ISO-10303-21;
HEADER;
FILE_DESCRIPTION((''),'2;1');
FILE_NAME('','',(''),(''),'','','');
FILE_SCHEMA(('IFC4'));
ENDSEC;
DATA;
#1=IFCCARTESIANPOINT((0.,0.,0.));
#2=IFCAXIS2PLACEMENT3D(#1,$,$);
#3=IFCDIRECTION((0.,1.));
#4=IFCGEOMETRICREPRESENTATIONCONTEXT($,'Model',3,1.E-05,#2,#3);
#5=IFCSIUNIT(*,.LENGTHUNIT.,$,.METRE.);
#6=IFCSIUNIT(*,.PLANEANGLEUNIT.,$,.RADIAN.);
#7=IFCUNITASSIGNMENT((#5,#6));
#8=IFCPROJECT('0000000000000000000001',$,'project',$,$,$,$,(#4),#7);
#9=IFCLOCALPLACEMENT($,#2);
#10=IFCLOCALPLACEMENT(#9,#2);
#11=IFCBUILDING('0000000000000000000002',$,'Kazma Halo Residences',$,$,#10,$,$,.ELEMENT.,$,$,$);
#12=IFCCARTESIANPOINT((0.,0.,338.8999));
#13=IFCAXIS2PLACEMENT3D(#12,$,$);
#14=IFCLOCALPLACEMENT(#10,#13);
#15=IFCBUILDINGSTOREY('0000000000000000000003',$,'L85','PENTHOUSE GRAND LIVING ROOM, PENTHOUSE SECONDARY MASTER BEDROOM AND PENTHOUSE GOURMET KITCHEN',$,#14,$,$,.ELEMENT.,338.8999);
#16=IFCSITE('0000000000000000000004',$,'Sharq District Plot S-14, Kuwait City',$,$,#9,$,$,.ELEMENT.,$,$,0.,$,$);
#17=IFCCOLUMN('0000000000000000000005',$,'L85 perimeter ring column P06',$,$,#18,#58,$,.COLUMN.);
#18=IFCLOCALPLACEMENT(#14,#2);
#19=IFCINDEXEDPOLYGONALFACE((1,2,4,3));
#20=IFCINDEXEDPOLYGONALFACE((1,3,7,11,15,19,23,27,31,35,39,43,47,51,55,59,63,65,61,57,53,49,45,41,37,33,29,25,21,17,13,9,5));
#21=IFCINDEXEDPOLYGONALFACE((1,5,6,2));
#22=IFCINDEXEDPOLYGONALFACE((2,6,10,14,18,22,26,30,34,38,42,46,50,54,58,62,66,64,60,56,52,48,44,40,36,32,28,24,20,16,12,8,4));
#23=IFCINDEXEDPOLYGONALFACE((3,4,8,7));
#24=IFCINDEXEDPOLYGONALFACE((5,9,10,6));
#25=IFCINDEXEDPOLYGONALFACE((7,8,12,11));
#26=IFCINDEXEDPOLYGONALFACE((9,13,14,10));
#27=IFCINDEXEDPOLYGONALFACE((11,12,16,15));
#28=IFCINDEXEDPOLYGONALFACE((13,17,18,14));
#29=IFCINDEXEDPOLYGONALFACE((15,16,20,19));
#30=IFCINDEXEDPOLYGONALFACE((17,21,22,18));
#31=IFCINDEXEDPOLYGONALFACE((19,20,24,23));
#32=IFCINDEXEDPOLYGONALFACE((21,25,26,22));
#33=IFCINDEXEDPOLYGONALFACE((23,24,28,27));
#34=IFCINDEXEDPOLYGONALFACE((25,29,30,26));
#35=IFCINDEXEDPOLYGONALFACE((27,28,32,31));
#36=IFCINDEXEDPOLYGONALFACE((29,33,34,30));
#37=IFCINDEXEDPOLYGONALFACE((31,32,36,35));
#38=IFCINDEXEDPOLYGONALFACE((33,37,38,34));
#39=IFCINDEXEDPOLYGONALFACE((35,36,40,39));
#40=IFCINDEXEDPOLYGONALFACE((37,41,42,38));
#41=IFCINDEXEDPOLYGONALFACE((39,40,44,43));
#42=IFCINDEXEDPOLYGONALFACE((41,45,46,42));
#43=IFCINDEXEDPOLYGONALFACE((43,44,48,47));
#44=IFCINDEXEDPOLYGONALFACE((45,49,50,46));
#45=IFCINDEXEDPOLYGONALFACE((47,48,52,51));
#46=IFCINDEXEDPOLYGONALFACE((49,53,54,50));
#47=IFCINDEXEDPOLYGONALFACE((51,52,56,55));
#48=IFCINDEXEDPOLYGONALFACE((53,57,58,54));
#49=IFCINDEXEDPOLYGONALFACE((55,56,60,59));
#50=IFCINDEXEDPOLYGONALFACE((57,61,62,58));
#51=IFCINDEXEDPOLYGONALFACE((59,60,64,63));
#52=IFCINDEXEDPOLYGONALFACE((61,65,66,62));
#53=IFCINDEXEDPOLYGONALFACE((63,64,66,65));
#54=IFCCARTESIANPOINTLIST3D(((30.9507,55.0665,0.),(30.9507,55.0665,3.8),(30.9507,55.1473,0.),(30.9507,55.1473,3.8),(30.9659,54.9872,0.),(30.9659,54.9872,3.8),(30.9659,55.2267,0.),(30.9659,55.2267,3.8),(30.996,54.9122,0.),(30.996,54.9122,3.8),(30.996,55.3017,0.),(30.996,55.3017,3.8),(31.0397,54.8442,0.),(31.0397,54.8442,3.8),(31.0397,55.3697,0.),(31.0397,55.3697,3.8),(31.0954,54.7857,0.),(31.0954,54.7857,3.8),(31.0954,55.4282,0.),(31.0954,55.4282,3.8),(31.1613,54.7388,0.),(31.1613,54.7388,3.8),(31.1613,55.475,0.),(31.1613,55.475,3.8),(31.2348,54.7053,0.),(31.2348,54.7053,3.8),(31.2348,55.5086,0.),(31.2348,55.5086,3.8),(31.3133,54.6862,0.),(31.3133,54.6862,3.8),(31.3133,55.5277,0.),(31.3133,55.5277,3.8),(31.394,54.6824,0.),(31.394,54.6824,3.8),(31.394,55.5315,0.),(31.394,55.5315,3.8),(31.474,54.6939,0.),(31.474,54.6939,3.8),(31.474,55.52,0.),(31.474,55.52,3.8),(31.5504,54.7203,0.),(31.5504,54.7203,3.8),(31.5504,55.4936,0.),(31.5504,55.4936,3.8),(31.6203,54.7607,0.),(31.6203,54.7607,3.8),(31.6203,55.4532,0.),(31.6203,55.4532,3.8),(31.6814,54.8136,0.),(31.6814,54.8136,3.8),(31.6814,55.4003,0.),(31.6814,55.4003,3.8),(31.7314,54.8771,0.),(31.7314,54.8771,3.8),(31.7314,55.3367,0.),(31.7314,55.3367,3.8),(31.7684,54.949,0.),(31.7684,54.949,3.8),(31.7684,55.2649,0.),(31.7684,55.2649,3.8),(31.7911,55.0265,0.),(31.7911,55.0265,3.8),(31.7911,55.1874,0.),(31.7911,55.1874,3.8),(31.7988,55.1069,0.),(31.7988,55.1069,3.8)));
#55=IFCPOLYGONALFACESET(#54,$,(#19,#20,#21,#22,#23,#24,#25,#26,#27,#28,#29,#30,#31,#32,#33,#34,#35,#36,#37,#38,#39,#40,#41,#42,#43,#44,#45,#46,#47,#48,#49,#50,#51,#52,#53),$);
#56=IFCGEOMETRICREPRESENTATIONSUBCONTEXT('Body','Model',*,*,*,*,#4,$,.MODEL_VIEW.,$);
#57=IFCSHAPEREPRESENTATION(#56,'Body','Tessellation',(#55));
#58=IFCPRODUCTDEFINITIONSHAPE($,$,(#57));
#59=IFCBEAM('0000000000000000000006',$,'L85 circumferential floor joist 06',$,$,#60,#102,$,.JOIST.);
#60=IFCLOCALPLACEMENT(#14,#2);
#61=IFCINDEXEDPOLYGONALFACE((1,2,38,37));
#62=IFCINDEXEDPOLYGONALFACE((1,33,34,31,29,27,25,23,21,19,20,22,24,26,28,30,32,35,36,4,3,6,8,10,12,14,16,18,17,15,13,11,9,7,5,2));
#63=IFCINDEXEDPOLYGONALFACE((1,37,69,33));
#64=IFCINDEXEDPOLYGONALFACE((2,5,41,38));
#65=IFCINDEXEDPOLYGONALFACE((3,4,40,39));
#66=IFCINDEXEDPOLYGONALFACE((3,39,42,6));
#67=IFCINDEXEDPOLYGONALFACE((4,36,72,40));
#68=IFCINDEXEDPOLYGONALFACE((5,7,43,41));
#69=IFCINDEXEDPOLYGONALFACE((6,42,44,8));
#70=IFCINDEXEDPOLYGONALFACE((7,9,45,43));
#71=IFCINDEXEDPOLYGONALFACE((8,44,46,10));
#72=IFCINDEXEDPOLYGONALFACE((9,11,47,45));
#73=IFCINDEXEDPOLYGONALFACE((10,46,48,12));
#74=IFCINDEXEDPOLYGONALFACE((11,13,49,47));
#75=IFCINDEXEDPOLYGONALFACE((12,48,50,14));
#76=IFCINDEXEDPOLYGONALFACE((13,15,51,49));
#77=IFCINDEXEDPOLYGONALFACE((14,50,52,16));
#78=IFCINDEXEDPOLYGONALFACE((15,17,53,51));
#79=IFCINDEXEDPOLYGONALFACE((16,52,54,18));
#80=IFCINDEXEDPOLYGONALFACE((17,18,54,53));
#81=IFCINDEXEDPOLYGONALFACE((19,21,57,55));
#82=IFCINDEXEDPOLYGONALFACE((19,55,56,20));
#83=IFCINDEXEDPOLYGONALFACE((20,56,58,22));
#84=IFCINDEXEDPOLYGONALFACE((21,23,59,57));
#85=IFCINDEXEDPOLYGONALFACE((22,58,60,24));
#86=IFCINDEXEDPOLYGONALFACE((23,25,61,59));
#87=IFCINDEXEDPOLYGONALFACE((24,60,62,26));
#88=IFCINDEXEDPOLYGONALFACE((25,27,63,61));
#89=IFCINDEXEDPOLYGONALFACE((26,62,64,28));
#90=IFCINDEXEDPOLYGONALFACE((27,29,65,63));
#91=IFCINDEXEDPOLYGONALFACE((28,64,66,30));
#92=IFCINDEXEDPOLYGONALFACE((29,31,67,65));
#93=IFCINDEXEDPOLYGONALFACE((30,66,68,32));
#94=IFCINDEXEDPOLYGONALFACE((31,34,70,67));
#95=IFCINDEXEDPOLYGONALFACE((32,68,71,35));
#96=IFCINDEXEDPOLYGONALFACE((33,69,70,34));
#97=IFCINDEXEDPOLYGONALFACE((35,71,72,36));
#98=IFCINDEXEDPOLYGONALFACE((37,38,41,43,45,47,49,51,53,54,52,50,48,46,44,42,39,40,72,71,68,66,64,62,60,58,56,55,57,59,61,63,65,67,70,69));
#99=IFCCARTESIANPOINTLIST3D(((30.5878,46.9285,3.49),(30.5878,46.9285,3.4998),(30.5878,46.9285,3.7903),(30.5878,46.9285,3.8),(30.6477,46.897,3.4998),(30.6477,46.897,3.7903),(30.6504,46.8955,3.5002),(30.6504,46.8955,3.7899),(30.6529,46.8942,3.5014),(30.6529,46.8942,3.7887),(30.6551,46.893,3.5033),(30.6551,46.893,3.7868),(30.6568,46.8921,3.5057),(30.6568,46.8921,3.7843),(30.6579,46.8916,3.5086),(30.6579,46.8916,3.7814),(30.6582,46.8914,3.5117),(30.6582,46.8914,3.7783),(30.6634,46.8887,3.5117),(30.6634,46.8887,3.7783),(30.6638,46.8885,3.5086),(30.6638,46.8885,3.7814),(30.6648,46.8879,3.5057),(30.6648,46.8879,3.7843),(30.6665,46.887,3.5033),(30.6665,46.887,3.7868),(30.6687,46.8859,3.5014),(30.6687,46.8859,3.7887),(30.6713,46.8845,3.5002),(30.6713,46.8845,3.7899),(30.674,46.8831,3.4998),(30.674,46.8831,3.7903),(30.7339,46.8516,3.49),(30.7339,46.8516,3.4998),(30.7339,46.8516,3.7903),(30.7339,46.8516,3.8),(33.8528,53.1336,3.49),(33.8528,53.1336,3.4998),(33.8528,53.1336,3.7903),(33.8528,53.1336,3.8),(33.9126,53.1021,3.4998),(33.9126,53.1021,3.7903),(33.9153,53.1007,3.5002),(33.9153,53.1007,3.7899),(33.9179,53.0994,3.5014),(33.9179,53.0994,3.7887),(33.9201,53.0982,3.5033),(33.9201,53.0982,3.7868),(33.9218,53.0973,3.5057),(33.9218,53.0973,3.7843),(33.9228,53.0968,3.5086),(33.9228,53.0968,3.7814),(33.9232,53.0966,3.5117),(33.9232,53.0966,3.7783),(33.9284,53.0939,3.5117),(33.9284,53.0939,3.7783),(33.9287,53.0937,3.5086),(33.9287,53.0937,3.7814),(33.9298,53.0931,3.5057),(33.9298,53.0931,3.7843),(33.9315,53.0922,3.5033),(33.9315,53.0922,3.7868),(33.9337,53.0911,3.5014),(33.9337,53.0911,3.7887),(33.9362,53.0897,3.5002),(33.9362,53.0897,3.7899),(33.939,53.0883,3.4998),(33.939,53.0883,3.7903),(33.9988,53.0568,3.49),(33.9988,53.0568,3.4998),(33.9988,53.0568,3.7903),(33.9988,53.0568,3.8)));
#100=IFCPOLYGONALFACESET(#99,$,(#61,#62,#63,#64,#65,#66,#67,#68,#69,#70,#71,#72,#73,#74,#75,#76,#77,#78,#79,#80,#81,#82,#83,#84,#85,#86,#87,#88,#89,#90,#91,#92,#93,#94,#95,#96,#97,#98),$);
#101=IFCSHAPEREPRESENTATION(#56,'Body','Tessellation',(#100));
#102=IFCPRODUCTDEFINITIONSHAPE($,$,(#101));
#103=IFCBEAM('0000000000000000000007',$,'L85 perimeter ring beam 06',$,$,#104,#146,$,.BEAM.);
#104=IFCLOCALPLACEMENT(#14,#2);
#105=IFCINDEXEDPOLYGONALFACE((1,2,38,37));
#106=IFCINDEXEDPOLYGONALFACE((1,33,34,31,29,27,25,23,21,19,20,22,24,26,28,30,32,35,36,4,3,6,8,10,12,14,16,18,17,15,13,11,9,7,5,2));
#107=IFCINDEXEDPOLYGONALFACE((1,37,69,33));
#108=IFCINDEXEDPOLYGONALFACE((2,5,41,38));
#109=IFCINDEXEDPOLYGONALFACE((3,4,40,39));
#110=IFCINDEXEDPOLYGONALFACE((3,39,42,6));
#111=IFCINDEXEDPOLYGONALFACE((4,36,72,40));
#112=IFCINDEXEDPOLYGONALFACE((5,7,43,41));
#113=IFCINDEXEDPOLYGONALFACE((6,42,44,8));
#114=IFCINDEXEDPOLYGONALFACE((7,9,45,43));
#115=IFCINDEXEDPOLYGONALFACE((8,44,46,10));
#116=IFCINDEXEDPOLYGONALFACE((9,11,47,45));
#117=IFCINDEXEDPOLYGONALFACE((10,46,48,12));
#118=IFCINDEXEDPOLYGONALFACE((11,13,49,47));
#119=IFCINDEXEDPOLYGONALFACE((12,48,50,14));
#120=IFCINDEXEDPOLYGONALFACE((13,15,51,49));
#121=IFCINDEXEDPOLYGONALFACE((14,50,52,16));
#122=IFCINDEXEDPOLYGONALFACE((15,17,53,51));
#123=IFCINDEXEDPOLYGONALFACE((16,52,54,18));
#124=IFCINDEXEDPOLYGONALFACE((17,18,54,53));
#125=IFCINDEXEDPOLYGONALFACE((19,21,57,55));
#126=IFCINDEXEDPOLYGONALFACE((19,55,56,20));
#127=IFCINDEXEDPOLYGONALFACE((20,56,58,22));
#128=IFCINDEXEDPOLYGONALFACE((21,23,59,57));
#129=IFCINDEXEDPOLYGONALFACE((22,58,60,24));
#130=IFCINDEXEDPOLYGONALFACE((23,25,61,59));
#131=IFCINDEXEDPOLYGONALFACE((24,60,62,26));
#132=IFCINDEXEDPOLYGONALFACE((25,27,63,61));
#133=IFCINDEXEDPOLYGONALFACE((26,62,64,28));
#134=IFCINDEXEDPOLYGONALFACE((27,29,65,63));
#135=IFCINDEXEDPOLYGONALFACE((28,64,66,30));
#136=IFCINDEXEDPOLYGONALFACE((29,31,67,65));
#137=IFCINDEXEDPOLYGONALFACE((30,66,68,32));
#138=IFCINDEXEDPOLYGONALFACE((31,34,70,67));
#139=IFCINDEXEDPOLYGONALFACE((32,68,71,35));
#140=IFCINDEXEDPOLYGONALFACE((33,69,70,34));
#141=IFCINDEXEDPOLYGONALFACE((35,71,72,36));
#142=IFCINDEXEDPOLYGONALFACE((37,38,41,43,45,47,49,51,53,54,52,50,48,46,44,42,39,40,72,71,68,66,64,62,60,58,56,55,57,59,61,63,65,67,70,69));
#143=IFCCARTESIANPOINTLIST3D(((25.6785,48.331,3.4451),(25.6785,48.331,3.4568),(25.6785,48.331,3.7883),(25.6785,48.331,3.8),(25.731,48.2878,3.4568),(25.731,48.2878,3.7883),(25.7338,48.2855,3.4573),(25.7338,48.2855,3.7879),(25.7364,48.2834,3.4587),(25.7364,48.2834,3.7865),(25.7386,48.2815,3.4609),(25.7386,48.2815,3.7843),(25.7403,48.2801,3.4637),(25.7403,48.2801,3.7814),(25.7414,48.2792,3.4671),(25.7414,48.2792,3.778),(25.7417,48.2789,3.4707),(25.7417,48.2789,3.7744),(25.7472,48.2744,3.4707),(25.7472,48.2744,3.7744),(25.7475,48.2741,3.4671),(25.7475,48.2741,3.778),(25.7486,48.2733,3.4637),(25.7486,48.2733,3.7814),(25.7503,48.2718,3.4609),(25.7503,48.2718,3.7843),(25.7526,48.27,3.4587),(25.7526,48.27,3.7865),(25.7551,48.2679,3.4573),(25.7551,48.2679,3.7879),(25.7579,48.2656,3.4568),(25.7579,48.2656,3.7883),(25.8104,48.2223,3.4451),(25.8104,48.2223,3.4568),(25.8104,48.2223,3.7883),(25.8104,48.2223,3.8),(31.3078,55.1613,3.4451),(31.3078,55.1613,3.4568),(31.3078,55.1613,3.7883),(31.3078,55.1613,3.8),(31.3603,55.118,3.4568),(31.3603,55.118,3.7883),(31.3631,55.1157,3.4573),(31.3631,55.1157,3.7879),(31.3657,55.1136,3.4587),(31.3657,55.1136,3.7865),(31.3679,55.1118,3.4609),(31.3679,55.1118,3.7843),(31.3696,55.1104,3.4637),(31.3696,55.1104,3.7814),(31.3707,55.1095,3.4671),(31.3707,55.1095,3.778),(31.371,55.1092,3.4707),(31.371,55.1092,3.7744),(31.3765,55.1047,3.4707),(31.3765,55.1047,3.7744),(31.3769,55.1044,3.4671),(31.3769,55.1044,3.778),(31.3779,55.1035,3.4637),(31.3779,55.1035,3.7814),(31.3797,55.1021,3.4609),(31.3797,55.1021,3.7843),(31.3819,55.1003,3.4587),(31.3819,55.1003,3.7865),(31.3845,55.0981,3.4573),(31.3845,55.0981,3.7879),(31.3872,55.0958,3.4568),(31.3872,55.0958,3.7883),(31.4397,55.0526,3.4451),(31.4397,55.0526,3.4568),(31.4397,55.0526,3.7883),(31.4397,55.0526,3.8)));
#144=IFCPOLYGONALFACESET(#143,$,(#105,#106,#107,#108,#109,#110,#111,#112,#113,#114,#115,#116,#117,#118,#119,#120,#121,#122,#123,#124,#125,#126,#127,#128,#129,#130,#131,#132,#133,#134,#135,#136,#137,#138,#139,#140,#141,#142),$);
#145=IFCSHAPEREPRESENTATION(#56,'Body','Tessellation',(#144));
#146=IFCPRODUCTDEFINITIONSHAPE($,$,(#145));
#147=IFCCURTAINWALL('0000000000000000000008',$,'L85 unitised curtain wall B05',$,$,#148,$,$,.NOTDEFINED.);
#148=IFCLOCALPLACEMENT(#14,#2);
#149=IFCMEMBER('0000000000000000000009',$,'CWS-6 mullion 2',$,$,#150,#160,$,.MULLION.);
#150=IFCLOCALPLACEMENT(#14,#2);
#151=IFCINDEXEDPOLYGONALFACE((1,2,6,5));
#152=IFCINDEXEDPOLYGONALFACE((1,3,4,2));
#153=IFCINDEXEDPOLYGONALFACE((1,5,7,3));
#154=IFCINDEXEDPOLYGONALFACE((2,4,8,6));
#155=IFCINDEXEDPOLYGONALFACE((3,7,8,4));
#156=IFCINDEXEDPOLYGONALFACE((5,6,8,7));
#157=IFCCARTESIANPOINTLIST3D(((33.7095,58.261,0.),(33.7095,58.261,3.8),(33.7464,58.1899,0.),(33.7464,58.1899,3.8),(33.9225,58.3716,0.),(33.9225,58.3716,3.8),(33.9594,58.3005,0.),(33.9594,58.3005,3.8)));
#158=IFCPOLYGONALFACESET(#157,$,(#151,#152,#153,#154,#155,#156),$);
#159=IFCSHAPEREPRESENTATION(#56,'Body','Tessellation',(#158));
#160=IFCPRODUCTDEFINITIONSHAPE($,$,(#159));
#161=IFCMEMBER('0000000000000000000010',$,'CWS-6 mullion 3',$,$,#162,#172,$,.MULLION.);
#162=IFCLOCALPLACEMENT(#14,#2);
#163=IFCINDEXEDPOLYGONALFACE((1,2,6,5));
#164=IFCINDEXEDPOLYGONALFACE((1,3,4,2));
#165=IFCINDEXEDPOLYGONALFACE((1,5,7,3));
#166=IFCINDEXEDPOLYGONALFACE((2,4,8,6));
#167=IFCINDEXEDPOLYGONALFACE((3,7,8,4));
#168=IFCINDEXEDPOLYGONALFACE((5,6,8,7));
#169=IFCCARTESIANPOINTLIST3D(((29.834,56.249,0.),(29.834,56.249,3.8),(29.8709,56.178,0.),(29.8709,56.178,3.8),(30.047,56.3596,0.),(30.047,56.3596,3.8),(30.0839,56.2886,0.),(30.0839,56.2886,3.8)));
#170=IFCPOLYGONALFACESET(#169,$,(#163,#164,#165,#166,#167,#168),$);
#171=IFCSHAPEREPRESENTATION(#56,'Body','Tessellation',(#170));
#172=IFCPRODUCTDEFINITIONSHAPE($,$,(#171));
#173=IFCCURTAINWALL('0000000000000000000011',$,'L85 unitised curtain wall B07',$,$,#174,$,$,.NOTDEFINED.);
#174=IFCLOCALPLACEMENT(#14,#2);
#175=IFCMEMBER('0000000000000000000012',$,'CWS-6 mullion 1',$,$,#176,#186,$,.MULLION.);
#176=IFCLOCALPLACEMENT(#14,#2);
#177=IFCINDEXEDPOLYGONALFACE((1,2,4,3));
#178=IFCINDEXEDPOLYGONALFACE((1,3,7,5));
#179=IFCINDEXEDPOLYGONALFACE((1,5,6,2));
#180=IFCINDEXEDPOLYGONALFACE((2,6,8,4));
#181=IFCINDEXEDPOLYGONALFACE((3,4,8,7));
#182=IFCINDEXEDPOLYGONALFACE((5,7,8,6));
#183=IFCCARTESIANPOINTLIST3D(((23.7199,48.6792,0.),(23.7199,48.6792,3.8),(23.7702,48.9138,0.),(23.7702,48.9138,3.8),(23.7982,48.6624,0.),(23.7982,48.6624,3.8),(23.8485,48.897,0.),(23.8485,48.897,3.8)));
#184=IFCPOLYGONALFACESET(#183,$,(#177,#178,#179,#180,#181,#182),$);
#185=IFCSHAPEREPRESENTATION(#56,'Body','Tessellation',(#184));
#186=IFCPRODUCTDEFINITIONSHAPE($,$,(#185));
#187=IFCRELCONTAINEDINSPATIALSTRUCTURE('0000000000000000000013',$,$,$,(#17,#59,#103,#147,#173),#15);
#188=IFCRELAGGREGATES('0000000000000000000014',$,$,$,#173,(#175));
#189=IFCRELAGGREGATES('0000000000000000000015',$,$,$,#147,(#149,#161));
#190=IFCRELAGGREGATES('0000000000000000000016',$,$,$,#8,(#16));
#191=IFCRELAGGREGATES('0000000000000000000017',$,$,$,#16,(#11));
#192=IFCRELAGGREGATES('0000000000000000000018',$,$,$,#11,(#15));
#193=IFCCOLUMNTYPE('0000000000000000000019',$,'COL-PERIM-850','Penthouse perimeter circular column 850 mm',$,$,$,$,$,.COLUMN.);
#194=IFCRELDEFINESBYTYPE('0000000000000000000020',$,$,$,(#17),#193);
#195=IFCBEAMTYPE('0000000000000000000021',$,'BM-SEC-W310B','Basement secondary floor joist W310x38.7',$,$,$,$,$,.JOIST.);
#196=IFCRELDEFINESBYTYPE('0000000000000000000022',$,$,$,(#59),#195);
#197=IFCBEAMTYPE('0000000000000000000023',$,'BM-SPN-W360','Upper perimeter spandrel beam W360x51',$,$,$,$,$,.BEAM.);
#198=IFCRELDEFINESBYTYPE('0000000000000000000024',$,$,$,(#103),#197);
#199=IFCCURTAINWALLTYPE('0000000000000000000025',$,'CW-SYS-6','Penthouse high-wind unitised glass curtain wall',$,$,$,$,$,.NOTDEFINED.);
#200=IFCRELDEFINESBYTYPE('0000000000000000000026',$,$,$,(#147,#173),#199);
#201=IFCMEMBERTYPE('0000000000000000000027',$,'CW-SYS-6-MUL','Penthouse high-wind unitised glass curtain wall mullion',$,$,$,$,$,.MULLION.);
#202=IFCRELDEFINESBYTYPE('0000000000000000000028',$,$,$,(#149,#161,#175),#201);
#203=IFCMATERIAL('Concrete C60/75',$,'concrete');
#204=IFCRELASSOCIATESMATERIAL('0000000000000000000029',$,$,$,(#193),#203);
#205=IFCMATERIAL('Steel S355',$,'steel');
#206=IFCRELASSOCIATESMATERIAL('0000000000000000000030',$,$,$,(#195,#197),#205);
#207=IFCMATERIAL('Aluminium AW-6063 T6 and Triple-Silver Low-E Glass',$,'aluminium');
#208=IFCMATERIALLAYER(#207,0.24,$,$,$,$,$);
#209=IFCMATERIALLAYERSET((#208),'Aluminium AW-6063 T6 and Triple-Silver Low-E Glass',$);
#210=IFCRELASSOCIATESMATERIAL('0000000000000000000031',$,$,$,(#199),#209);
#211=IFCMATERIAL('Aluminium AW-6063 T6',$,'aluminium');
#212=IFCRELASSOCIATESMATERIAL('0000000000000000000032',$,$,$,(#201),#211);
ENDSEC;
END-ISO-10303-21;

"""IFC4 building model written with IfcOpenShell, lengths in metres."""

from ifc_helpers import new_model, si_unit, direction, frame, origin, origin_2d, place, context, subcontext, project, spatial, rectangle, circle, i_section, extrude, material, layer, layer_set, material_profile, profile_set, type_object, element, aggregate, save


model = new_model("IFC4")

# Units and contexts
model_context = context("Model", 3, precision=1e-05, world=origin(), true_north=direction((0.0, 1.0)))
body_context = subcontext(model_context, "Body", "Model", "MODEL_VIEW")
ifc_project = project(units=[si_unit("LENGTHUNIT", "METRE"), si_unit("PLANEANGLEUNIT", "RADIAN")], contexts=[model_context])

# Site, building, storey
site_placement = place(None, origin())
site = spatial("IfcSite", under=ifc_project, at=site_placement, Name="Sharq District Plot S-14, Kuwait City", CompositionType="ELEMENT", RefElevation=0.0)
building_placement = place(site_placement, origin())
building = spatial("IfcBuilding", under=site, at=building_placement, Name="Kazma Halo Residences", CompositionType="ELEMENT")
storey_placement = place(building_placement, frame((0.0, 0.0, 338.8999)))
storey = spatial("IfcBuildingStorey", under=building, at=storey_placement, Name="L85", Description="PENTHOUSE GRAND LIVING ROOM, PENTHOUSE SECONDARY MASTER BEDROOM AND PENTHOUSE GOURMET KITCHEN", CompositionType="ELEMENT", Elevation=338.8999)

# Column
ifc_material_1 = material(Name="Concrete C60/75", Category="concrete")
ifc_material_profile_1 = material_profile(ifc_material_1, circle(Radius=0.425, at=origin_2d()), Name="CIRC850")
ifc_profile_set_1 = profile_set([ifc_material_profile_1], Name="Concrete C60/75")
column_type = type_object("IfcColumnType", Name="COL-PERIM-850", Description="Penthouse perimeter circular column 850 mm", PredefinedType="COLUMN", material=ifc_profile_set_1)
column_placement = place(storey_placement, frame((31.3738, 55.1069, 0.0), z_axis=(0.0, 0.0, 1.0), x_axis=(1.0, 0.0, 0.0)))
element("IfcColumn", 1, at=column_placement, inside=storey, type_object=column_type, Name="L85 perimeter ring column P06", PredefinedType="COLUMN", context=body_context, shape_type="SweptSolid", body=[
    extrude(circle(Radius=0.425, at=origin_2d()), origin(), (0.0, 0.0, 1.0), 3.8),
])

# Beams
ifc_material_2 = material(Name="Steel S355", Category="steel")
ifc_material_profile_2 = material_profile(ifc_material_2, i_section(OverallWidth=0.165, OverallDepth=0.3101, WebThickness=0.0059, FlangeThickness=0.0098, FilletRadius=0.012, at=origin_2d()), Name="W310x38.7")
ifc_profile_set_2 = profile_set([ifc_material_profile_2], Name="Steel S355")
beam_type_1 = type_object("IfcBeamType", Name="BM-SEC-W310B", Description="Basement secondary floor joist W310x38.7", PredefinedType="JOIST", material=ifc_profile_set_2)
beam_1_placement = place(storey_placement, frame((33.9258, 53.0952, 3.645), z_axis=(-0.465642, -0.884973, 0.0), x_axis=(0.884973, -0.465642, 0.0)))
element("IfcBeam", 2, at=beam_1_placement, inside=storey, type_object=beam_type_1, Name="L85 circumferential floor joist 06", PredefinedType="JOIST", context=body_context, shape_type="SweptSolid", body=[
    extrude(i_section(OverallWidth=0.165, OverallDepth=0.3101, WebThickness=0.0059, FlangeThickness=0.0098, FilletRadius=0.012, at=origin_2d()), origin(), (0.0, 0.0, 1.0), 7.0117),
])
ifc_material_profile_3 = material_profile(ifc_material_2, i_section(OverallWidth=0.1709, OverallDepth=0.355, WebThickness=0.0071, FlangeThickness=0.0117, FilletRadius=0.0139, at=origin_2d()), Name="W360x51")
ifc_profile_set_3 = profile_set([ifc_material_profile_3], Name="Steel S355")
beam_type_2 = type_object("IfcBeamType", Name="BM-SPN-W360", Description="Upper perimeter spandrel beam W360x51", PredefinedType="BEAM", material=ifc_profile_set_3)
beam_2_placement = place(storey_placement, frame((31.3738, 55.1069, 3.6226), z_axis=(-0.636005, -0.771685, 0.0), x_axis=(0.771685, -0.636005, 0.0)))
element("IfcBeam", 3, at=beam_2_placement, inside=storey, type_object=beam_type_2, Name="L85 perimeter ring beam 06", PredefinedType="BEAM", context=body_context, shape_type="SweptSolid", body=[
    extrude(i_section(OverallWidth=0.1709, OverallDepth=0.355, WebThickness=0.0071, FlangeThickness=0.0117, FilletRadius=0.0139, at=origin_2d()), origin(), (0.0, 0.0, 1.0), 8.8511),
])

# Curtain wall, members
ifc_material_3 = material(Name="Aluminium AW-6063 T6 and Triple-Silver Low-E Glass", Category="aluminium")
ifc_layer_1 = layer(ifc_material_3, 0.24)
ifc_layer_set_1 = layer_set([ifc_layer_1], Name="Aluminium AW-6063 T6 and Triple-Silver Low-E Glass")
curtain_wall_type = type_object("IfcCurtainWallType", Name="CW-SYS-6", Description="Penthouse high-wind unitised glass curtain wall", PredefinedType="NOTDEFINED", material=ifc_layer_set_1)
curtain_wall_1_placement = place(storey_placement, origin())
curtain_wall_1 = element("IfcCurtainWall", 4, at=curtain_wall_1_placement, inside=storey, type_object=curtain_wall_type, Name="L85 unitised curtain wall B05", PredefinedType="NOTDEFINED")
ifc_material_4 = material(Name="Aluminium AW-6063 T6", Category="aluminium")
ifc_material_profile_4 = material_profile(ifc_material_4, rectangle(XDim=0.0801, YDim=0.24, at=origin_2d()), Name="CWM-80x240")
ifc_profile_set_4 = profile_set([ifc_material_profile_4], Name="Aluminium AW-6063 T6")
member_type_1 = type_object("IfcMemberType", Name="CW-SYS-6-MUL", Description="Penthouse high-wind unitised glass curtain wall mullion", PredefinedType="MULLION", material=ifc_profile_set_4)
member_1_placement = place(storey_placement, frame((33.8345, 58.2808, 0.0), z_axis=(0.0, 0.0, 1.0), x_axis=(0.460796, -0.887506, 0.0)))
member_1 = element("IfcMember", 5, at=member_1_placement, type_object=member_type_1, Name="CWS-6 mullion 2", PredefinedType="MULLION", context=body_context, shape_type="SweptSolid", body=[
    extrude(rectangle(XDim=0.0801, YDim=0.24, at=origin_2d()), origin(), (0.0, 0.0, 1.0), 3.8),
])
member_2_placement = place(storey_placement, frame((29.959, 56.2688, 0.0), z_axis=(0.0, 0.0, 1.0), x_axis=(0.460796, -0.887506, 0.0)))
member_2 = element("IfcMember", 6, at=member_2_placement, type_object=member_type_1, Name="CWS-6 mullion 3", PredefinedType="MULLION", context=body_context, shape_type="SweptSolid", body=[
    extrude(rectangle(XDim=0.0801, YDim=0.24, at=origin_2d()), origin(), (0.0, 0.0, 1.0), 3.8),
])

# Curtain wall, member
curtain_wall_2_placement = place(storey_placement, origin())
curtain_wall_2 = element("IfcCurtainWall", 7, at=curtain_wall_2_placement, inside=storey, type_object=curtain_wall_type, Name="L85 unitised curtain wall B07", PredefinedType="NOTDEFINED")
member_3_placement = place(storey_placement, frame((23.7842, 48.7881, 0.0), z_axis=(0.0, 0.0, 1.0), x_axis=(0.977761, -0.209723, 0.0)))
member_3 = element("IfcMember", 8, at=member_3_placement, type_object=member_type_1, Name="CWS-6 mullion 1", PredefinedType="MULLION", context=body_context, shape_type="SweptSolid", body=[
    extrude(rectangle(XDim=0.0801, YDim=0.24, at=origin_2d()), origin(), (0.0, 0.0, 1.0), 3.8),
])
aggregate(curtain_wall_2, [member_3])

aggregate(curtain_wall_1, [member_1, member_2])

save(model, "model.ifc")
